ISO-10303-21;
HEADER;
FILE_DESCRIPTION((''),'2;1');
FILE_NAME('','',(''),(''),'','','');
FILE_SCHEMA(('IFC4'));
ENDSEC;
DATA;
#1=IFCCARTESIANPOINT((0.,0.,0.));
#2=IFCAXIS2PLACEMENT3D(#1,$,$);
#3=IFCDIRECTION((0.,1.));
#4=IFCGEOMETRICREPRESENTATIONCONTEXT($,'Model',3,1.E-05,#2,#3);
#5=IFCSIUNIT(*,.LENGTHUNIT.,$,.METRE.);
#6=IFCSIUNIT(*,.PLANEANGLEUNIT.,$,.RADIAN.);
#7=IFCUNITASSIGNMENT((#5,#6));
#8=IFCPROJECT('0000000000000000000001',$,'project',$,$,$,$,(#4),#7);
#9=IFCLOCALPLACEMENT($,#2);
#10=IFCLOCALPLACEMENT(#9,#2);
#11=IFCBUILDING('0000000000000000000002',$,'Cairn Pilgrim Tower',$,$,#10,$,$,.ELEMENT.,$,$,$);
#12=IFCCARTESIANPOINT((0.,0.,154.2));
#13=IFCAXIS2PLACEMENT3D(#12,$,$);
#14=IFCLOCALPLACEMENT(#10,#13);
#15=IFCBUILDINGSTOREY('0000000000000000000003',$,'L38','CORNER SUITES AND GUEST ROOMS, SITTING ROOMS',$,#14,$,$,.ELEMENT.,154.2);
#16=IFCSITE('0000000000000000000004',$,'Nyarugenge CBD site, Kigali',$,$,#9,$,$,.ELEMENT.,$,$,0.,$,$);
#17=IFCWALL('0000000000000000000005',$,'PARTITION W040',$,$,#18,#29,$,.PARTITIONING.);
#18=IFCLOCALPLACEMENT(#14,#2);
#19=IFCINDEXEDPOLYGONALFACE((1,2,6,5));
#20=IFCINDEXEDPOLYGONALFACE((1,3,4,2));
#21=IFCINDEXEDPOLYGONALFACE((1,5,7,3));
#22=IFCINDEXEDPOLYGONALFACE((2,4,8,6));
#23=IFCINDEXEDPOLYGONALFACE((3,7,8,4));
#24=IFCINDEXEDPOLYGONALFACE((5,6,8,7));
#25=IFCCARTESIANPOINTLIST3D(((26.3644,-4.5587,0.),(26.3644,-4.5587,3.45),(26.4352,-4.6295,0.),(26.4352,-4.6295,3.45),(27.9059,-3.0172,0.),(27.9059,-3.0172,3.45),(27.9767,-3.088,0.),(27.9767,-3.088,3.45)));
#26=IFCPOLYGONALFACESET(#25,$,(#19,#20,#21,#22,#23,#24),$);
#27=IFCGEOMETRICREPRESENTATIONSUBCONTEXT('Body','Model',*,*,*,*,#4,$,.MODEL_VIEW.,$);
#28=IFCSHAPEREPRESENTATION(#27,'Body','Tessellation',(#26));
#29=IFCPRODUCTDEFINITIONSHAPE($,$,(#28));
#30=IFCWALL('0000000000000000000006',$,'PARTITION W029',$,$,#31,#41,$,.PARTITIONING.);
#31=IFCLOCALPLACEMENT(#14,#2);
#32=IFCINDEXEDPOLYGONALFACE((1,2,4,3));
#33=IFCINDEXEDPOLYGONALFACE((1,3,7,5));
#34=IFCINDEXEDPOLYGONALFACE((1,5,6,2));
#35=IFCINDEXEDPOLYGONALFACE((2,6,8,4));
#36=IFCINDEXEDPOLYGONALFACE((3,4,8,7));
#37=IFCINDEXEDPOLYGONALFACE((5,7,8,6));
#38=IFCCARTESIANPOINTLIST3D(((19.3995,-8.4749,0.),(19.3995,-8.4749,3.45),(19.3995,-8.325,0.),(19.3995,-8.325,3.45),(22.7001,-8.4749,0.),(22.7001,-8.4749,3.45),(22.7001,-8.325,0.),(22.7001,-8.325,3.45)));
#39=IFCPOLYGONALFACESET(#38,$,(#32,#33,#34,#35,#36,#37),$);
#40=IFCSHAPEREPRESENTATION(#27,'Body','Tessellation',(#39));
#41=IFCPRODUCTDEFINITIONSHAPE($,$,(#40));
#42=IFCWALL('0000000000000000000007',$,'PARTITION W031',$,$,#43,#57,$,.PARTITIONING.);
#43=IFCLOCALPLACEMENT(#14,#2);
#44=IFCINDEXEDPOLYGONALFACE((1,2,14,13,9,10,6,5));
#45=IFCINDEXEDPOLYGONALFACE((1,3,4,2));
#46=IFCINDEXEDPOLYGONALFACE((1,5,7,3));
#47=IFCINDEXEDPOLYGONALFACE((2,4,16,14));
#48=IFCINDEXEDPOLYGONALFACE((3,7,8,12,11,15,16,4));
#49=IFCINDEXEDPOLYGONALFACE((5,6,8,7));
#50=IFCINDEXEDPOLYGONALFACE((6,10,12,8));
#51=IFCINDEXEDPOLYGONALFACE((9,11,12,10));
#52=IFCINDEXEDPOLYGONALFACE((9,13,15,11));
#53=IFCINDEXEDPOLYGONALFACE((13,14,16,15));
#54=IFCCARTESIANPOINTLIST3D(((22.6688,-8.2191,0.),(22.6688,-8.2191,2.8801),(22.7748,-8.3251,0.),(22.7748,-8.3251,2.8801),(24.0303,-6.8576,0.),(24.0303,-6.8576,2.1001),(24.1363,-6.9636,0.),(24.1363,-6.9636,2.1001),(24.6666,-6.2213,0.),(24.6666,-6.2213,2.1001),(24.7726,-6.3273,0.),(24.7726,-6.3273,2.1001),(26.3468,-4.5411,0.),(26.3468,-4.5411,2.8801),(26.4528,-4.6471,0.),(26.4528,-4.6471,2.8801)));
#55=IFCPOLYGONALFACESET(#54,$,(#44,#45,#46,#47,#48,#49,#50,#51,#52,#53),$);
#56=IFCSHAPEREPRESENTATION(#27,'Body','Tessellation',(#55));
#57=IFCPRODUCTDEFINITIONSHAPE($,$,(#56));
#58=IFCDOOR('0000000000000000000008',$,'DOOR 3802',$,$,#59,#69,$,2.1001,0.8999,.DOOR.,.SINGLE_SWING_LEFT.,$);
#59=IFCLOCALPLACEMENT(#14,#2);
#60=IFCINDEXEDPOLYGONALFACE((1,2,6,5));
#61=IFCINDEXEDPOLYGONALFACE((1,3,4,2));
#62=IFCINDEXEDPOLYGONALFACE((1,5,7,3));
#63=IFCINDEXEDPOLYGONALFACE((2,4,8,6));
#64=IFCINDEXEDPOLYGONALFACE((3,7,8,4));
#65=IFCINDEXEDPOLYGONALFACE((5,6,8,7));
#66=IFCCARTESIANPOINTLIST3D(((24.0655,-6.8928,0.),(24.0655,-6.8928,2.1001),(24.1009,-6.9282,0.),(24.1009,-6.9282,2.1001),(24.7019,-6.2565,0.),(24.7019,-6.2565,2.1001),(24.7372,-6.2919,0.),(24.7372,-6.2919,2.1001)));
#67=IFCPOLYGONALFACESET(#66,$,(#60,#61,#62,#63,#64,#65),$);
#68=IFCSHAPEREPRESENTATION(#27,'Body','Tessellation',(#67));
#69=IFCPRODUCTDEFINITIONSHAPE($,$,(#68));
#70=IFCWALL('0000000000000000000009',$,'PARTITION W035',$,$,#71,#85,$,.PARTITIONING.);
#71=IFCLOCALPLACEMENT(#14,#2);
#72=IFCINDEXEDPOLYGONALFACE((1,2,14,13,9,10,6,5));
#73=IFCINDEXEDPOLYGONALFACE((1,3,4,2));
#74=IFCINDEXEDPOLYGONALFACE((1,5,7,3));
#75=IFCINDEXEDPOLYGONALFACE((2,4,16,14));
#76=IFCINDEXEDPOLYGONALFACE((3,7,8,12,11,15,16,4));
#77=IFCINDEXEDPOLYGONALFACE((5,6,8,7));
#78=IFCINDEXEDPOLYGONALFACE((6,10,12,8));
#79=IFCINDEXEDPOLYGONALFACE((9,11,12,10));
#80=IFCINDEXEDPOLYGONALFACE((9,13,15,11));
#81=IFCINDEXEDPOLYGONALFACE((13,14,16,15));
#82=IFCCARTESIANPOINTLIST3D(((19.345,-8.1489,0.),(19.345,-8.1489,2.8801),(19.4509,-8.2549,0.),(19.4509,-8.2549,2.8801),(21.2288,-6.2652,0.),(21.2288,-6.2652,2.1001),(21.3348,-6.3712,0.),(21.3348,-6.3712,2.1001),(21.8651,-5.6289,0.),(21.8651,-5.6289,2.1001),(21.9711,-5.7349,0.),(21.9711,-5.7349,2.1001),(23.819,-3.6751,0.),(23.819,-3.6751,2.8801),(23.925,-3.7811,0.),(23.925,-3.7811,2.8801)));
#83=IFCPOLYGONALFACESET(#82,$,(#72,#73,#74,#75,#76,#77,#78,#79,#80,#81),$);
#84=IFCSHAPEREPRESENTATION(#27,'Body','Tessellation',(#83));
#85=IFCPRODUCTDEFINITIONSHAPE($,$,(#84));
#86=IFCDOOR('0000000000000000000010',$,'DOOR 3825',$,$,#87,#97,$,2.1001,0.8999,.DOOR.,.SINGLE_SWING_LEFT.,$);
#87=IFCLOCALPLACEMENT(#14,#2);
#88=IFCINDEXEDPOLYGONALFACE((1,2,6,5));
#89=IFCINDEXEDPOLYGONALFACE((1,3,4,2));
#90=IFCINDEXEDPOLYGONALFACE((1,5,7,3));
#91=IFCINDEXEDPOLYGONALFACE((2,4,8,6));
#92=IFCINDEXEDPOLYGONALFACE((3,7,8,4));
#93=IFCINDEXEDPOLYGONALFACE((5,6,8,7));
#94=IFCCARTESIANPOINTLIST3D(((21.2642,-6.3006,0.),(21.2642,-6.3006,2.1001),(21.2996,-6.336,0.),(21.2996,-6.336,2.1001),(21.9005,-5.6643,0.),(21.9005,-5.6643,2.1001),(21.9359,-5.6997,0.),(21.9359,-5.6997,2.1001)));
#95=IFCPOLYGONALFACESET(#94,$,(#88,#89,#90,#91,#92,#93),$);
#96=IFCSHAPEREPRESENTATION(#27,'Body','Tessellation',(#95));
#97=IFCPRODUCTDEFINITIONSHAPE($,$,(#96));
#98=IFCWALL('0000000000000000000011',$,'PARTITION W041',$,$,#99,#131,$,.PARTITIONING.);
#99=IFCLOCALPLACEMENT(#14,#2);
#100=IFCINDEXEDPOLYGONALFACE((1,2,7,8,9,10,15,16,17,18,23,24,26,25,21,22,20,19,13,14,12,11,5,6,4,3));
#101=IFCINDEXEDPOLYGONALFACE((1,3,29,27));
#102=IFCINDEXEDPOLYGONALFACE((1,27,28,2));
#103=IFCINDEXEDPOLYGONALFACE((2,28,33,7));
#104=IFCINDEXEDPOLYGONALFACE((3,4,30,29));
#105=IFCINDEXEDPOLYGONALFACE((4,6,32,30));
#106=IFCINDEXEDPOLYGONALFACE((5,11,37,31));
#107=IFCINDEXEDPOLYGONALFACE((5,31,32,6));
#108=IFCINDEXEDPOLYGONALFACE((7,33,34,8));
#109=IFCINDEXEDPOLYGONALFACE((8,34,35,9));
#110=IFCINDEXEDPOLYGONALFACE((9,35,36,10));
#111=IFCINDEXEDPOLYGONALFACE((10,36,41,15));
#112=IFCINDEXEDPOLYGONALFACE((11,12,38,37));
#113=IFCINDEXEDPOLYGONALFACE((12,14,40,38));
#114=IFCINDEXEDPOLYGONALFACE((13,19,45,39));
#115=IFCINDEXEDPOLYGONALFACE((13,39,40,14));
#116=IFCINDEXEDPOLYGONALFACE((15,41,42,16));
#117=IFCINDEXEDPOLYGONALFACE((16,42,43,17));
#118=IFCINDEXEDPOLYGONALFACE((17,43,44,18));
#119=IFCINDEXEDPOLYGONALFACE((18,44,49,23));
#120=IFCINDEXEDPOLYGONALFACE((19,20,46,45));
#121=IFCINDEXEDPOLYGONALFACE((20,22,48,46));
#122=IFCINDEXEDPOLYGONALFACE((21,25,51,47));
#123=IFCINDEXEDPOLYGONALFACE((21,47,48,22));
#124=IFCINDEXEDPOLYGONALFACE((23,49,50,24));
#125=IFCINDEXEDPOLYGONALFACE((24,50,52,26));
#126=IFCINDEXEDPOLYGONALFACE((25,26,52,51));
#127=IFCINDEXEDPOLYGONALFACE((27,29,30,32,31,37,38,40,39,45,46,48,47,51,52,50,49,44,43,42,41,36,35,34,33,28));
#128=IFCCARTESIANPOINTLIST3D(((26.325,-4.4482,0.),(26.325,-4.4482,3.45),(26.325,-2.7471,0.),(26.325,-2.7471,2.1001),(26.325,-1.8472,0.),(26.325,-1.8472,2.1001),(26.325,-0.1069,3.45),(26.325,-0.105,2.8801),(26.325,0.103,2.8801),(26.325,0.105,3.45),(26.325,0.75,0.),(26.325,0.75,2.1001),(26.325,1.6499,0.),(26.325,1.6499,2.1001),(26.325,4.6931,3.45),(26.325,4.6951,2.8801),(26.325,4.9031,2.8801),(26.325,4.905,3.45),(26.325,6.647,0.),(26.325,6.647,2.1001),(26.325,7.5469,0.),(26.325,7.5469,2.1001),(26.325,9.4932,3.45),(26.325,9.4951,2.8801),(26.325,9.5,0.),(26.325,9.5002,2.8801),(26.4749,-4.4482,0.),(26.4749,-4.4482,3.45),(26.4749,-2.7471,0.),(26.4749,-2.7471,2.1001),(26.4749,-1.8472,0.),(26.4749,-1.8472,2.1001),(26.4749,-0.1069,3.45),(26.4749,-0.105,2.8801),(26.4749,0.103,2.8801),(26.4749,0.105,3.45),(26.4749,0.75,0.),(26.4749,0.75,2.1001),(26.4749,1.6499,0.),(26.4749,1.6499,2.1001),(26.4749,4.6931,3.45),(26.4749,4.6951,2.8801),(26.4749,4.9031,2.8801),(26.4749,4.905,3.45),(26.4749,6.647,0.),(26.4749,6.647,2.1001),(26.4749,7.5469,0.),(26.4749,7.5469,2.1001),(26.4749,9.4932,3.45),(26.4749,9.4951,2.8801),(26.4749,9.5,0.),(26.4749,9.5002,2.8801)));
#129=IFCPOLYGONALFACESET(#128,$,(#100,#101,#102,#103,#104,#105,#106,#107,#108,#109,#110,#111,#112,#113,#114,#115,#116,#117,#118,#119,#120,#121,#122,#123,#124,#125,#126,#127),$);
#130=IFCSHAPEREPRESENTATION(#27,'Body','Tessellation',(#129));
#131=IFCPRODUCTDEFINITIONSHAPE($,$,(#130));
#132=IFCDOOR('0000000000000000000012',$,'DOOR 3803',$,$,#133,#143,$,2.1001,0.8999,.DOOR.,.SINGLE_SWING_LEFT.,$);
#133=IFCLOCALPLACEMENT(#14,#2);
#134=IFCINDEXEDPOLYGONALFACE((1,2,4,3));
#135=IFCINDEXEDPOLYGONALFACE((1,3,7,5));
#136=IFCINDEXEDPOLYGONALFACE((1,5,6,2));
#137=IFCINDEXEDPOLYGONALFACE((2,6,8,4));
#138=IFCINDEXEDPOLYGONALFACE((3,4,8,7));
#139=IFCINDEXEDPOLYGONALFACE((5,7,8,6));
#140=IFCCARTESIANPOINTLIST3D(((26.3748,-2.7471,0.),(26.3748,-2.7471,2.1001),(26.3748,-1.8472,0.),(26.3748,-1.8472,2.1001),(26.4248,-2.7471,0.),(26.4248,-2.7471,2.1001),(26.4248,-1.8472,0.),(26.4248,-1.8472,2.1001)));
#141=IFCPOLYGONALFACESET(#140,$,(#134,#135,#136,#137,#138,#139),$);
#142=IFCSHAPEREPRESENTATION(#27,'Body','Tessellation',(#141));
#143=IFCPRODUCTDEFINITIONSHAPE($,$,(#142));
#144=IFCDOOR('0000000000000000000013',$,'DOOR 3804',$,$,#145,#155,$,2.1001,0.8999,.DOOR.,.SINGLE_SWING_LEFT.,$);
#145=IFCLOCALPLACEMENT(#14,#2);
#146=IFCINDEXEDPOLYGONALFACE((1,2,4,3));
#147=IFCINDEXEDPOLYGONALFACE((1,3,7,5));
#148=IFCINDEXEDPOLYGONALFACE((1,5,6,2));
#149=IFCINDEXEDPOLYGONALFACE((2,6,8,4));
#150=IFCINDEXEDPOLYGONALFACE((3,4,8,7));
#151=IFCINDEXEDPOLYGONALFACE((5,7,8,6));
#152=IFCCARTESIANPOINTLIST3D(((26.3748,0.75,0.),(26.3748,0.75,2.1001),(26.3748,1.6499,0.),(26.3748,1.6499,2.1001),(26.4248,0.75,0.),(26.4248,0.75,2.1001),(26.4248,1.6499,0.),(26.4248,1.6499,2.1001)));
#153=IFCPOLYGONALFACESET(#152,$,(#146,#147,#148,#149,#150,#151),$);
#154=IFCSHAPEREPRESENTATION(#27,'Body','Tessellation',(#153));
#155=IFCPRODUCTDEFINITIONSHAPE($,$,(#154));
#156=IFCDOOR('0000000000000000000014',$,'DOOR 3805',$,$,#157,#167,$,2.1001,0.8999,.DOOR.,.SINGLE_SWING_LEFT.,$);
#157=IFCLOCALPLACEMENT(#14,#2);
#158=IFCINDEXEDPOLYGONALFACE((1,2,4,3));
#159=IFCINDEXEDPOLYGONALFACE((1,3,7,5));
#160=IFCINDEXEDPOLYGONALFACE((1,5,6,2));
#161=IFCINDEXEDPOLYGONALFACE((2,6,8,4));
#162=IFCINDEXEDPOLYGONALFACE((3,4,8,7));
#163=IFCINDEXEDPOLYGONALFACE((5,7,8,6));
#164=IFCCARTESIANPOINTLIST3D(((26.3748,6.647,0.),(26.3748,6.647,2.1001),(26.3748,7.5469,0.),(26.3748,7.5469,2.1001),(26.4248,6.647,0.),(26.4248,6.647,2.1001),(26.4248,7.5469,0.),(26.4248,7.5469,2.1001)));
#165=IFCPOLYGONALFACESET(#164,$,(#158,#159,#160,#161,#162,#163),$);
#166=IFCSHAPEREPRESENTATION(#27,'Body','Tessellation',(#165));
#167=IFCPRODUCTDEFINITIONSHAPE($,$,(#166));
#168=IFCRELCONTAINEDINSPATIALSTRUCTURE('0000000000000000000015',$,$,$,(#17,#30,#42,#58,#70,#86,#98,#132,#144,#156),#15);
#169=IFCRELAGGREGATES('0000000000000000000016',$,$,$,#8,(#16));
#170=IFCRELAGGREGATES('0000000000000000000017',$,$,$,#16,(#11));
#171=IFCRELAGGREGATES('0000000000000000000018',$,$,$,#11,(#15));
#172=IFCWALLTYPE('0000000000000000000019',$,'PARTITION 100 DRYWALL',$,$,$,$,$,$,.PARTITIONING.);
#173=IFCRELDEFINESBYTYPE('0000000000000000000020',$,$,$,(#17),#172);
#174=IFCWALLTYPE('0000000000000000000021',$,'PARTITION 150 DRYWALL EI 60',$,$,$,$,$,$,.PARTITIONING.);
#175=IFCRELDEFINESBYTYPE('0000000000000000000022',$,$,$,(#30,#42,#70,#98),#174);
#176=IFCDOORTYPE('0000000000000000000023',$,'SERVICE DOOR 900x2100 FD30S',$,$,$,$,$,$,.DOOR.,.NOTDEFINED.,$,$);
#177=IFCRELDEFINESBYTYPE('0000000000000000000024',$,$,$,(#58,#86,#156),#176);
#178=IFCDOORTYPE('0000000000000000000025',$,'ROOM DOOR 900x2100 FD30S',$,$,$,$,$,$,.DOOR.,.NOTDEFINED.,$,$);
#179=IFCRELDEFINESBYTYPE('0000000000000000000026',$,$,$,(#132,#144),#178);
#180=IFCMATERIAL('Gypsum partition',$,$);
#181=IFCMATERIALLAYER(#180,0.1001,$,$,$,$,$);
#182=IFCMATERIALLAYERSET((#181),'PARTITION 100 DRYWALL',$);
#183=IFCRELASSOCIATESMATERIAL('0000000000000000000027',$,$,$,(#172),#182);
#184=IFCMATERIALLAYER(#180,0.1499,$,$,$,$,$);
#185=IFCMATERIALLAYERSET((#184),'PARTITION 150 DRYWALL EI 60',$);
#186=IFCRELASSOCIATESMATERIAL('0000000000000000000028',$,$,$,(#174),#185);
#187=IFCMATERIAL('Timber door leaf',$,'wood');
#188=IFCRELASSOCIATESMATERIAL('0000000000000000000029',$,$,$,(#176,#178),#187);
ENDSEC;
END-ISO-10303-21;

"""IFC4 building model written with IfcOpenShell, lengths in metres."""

from ifc_helpers import new_model, si_unit, direction, frame, frame_2d, origin, place, context, subcontext, project, spatial, polyline, rectangle, outline, extrude, material, layer, layer_set, type_object, element, fill, save


model = new_model("IFC4")

# Units and contexts
model_context = context("Model", 3, precision=1e-05, world=origin(), true_north=direction((0.0, 1.0)))
body_context = subcontext(model_context, "Body", "Model", "MODEL_VIEW")
ifc_project = project(units=[si_unit("LENGTHUNIT", "METRE"), si_unit("PLANEANGLEUNIT", "RADIAN")], contexts=[model_context])

# Site, building, storey
site_placement = place(None, origin())
site = spatial("IfcSite", under=ifc_project, at=site_placement, Name="Nyarugenge CBD site, Kigali", CompositionType="ELEMENT", RefElevation=0.0)
building_placement = place(site_placement, origin())
building = spatial("IfcBuilding", under=site, at=building_placement, Name="Cairn Pilgrim Tower", CompositionType="ELEMENT")
storey_placement = place(building_placement, frame((0.0, 0.0, 154.2)))
storey = spatial("IfcBuildingStorey", under=building, at=storey_placement, Name="L38", Description="CORNER SUITES AND GUEST ROOMS, SITTING ROOMS", CompositionType="ELEMENT", Elevation=154.2)

# Shared definitions
ifc_material_1 = material(Name="Gypsum partition")
ifc_layer_1 = layer(ifc_material_1, 0.1001)
ifc_layer_set_1 = layer_set([ifc_layer_1], Name="PARTITION 100 DRYWALL")
wall_type_1 = type_object("IfcWallType", Name="PARTITION 100 DRYWALL", PredefinedType="PARTITIONING", material=ifc_layer_set_1)
ifc_material_2 = material(Name="Timber door leaf", Category="wood")

# Walls
wall_1_placement = place(storey_placement, frame((26.3999, -4.594, 0.0), z_axis=(0.0, 0.0, 1.0), x_axis=(0.707107, 0.707107, 0.0)))
element("IfcWall", 1, at=wall_1_placement, inside=storey, type_object=wall_type_1, Name="PARTITION W040", PredefinedType="PARTITIONING", context=body_context, shape_type="SweptSolid", body=[
    extrude(rectangle(XDim=2.1799, YDim=0.1001, at=frame_2d((1.0898, 0.0))), origin(), (0.0, 0.0, 1.0), 3.45),
])
ifc_layer_2 = layer(ifc_material_1, 0.1499)
ifc_layer_set_2 = layer_set([ifc_layer_2], Name="PARTITION 150 DRYWALL EI 60")
wall_type_2 = type_object("IfcWallType", Name="PARTITION 150 DRYWALL EI 60", PredefinedType="PARTITIONING", material=ifc_layer_set_2)
wall_2_placement = place(storey_placement, frame((19.3994, -8.3999, 0.0), z_axis=(0.0, 0.0, 1.0), x_axis=(1.0, 0.0, 0.0)))
element("IfcWall", 2, at=wall_2_placement, inside=storey, type_object=wall_type_2, Name="PARTITION W029", PredefinedType="PARTITIONING", context=body_context, shape_type="SweptSolid", body=[
    extrude(rectangle(XDim=3.3005, YDim=0.1499, at=frame_2d((1.6504, 0.0))), origin(), (0.0, 0.0, 1.0), 3.45),
])

# Walls, openings, doors
wall_3_placement = place(storey_placement, frame((22.7219, -8.272, 0.0), z_axis=(0.0, 0.0, 1.0), x_axis=(0.707107, 0.707107, 0.0)))
wall_3 = element("IfcWall", 3, at=wall_3_placement, inside=storey, type_object=wall_type_2, Name="PARTITION W031", PredefinedType="PARTITIONING", context=body_context, shape_type="SweptSolid", body=[
    extrude(rectangle(XDim=5.2014, YDim=0.1499, at=frame_2d((2.6006, 0.0))), origin(), (0.0, 0.0, 1.0), 2.8801),
])
opening_1_placement = place(wall_3_placement, frame((1.9253, 0.0, 0.0)))
opening_1 = element("IfcOpeningElement", 4, at=opening_1_placement, cuts=wall_3, PredefinedType="OPENING", context=body_context, shape_type="SweptSolid", body=[
    extrude(rectangle(XDim=0.8999, YDim=2.1001, at=frame_2d((0.45, 1.05))), frame((0.0, 0.085, 0.0), z_axis=(0.0, -1.0, 0.0), x_axis=(1.0, 0.0, 0.0)), (0.0, 0.0, 1.0), 0.1699),
])
door_type_1 = type_object("IfcDoorType", Name="SERVICE DOOR 900x2100 FD30S", OperationType="NOTDEFINED", PredefinedType="DOOR", material=ifc_material_2)
door_1_placement = place(opening_1_placement, frame((0.8999, 0.0, 0.0), z_axis=(0.0, 0.0, 1.0), x_axis=(-1.0, 0.0, 0.0)))
door_1 = element("IfcDoor", 5, at=door_1_placement, inside=storey, type_object=door_type_1, Name="DOOR 3802", OperationType="SINGLE_SWING_LEFT", OverallHeight=2.1001, OverallWidth=0.8999, PredefinedType="DOOR", context=body_context, shape_type="SweptSolid", body=[
    extrude(rectangle(XDim=0.8999, YDim=2.1001, at=frame_2d((0.45, 1.05))), frame((0.0, 0.0249, 0.0), z_axis=(0.0, -1.0, 0.0), x_axis=(1.0, 0.0, 0.0)), (0.0, 0.0, 1.0), 0.05),
])
fill(opening_1, door_1)
wall_4_placement = place(storey_placement, frame((19.3979, -8.2019, 0.0), z_axis=(0.0, 0.0, 1.0), x_axis=(0.707126, 0.707087, 0.0)))
wall_4 = element("IfcWall", 6, at=wall_4_placement, inside=storey, type_object=wall_type_2, Name="PARTITION W035", PredefinedType="PARTITIONING", context=body_context, shape_type="SweptSolid", body=[
    extrude(rectangle(XDim=6.3271, YDim=0.1499, at=frame_2d((3.1636, 0.0))), origin(), (0.0, 0.0, 1.0), 2.8801),
])
opening_2_placement = place(wall_4_placement, frame((2.6641, 0.0, 0.0)))
opening_2 = element("IfcOpeningElement", 7, at=opening_2_placement, cuts=wall_4, PredefinedType="OPENING", context=body_context, shape_type="SweptSolid", body=[
    extrude(rectangle(XDim=0.8999, YDim=2.1001, at=frame_2d((0.45, 1.05))), frame((0.0, 0.085, 0.0), z_axis=(0.0, -1.0, 0.0), x_axis=(1.0, 0.0, 0.0)), (0.0, 0.0, 1.0), 0.1699),
])
door_2_placement = place(opening_2_placement, origin())
door_2 = element("IfcDoor", 8, at=door_2_placement, inside=storey, type_object=door_type_1, Name="DOOR 3825", OperationType="SINGLE_SWING_LEFT", OverallHeight=2.1001, OverallWidth=0.8999, PredefinedType="DOOR", context=body_context, shape_type="SweptSolid", body=[
    extrude(rectangle(XDim=0.8999, YDim=2.1001, at=frame_2d((0.45, 1.05))), frame((0.0, 0.0249, 0.0), z_axis=(0.0, -1.0, 0.0), x_axis=(1.0, 0.0, 0.0)), (0.0, 0.0, 1.0), 0.05),
])
fill(opening_2, door_2)

# Wall, openings, doors
wall_5_placement = place(storey_placement, frame((26.3999, -4.4482, 0.0), z_axis=(0.0, 0.0, 1.0), x_axis=(0.0, 1.0, 0.0)))
wall_5 = element("IfcWall", 9, at=wall_5_placement, inside=storey, type_object=wall_type_2, Name="PARTITION W041", PredefinedType="PARTITIONING", context=body_context, shape_type="SweptSolid", body=[
    extrude(outline(polyline([(0.0, 0.0), (13.9482, 0.0), (13.9485, 2.8801), (13.9434, 2.8801), (13.9414, 3.45), (9.3533, 3.45), (9.3513, 2.8801), (9.1433, 2.8801), (9.1414, 3.45), (4.5532, 3.45), (4.5513, 2.8801), (4.3433, 2.8801), (4.3413, 3.45), (0.0, 3.45), (0.0, 0.0)])), frame((0.0, 0.075, 0.0), z_axis=(0.0, -1.0, 0.0), x_axis=(1.0, 0.0, 0.0)), (0.0, 0.0, 1.0), 0.1499),
])
opening_3_placement = place(wall_5_placement, frame((1.7012, 0.0, 0.0)))
opening_3 = element("IfcOpeningElement", 10, at=opening_3_placement, cuts=wall_5, PredefinedType="OPENING", context=body_context, shape_type="SweptSolid", body=[
    extrude(rectangle(XDim=0.8999, YDim=2.1001, at=frame_2d((0.45, 1.05))), frame((0.0, 0.085, 0.0), z_axis=(0.0, -1.0, 0.0), x_axis=(1.0, 0.0, 0.0)), (0.0, 0.0, 1.0), 0.1699),
])
opening_4_placement = place(wall_5_placement, frame((5.1982, 0.0, 0.0)))
opening_4 = element("IfcOpeningElement", 11, at=opening_4_placement, cuts=wall_5, PredefinedType="OPENING", context=body_context, shape_type="SweptSolid", body=[
    extrude(rectangle(XDim=0.8999, YDim=2.1001, at=frame_2d((0.45, 1.05))), frame((0.0, 0.085, 0.0), z_axis=(0.0, -1.0, 0.0), x_axis=(1.0, 0.0, 0.0)), (0.0, 0.0, 1.0), 0.1699),
])
opening_5_placement = place(wall_5_placement, frame((11.0952, 0.0, 0.0)))
opening_5 = element("IfcOpeningElement", 12, at=opening_5_placement, cuts=wall_5, PredefinedType="OPENING", context=body_context, shape_type="SweptSolid", body=[
    extrude(rectangle(XDim=0.8999, YDim=2.1001, at=frame_2d((0.45, 1.05))), frame((0.0, 0.085, 0.0), z_axis=(0.0, -1.0, 0.0), x_axis=(1.0, 0.0, 0.0)), (0.0, 0.0, 1.0), 0.1699),
])
door_type_2 = type_object("IfcDoorType", Name="ROOM DOOR 900x2100 FD30S", OperationType="NOTDEFINED", PredefinedType="DOOR", material=ifc_material_2)
door_3_placement = place(opening_3_placement, frame((0.8999, 0.0, 0.0), z_axis=(0.0, 0.0, 1.0), x_axis=(-1.0, 0.0, 0.0)))
door_3 = element("IfcDoor", 13, at=door_3_placement, inside=storey, type_object=door_type_2, Name="DOOR 3803", OperationType="SINGLE_SWING_LEFT", OverallHeight=2.1001, OverallWidth=0.8999, PredefinedType="DOOR", context=body_context, shape_type="SweptSolid", body=[
    extrude(rectangle(XDim=0.8999, YDim=2.1001, at=frame_2d((0.45, 1.05))), frame((0.0, 0.0249, 0.0), z_axis=(0.0, -1.0, 0.0), x_axis=(1.0, 0.0, 0.0)), (0.0, 0.0, 1.0), 0.05),
])
fill(opening_3, door_3)
door_4_placement = place(opening_4_placement, frame((0.8999, 0.0, 0.0), z_axis=(0.0, 0.0, 1.0), x_axis=(-1.0, 0.0, 0.0)))
door_4 = element("IfcDoor", 14, at=door_4_placement, inside=storey, type_object=door_type_2, Name="DOOR 3804", OperationType="SINGLE_SWING_LEFT", OverallHeight=2.1001, OverallWidth=0.8999, PredefinedType="DOOR", context=body_context, shape_type="SweptSolid", body=[
    extrude(rectangle(XDim=0.8999, YDim=2.1001, at=frame_2d((0.45, 1.05))), frame((0.0, 0.0249, 0.0), z_axis=(0.0, -1.0, 0.0), x_axis=(1.0, 0.0, 0.0)), (0.0, 0.0, 1.0), 0.05),
])
fill(opening_4, door_4)
door_5_placement = place(opening_5_placement, frame((0.8999, 0.0, 0.0), z_axis=(0.0, 0.0, 1.0), x_axis=(-1.0, 0.0, 0.0)))
door_5 = element("IfcDoor", 15, at=door_5_placement, inside=storey, type_object=door_type_1, Name="DOOR 3805", OperationType="SINGLE_SWING_LEFT", OverallHeight=2.1001, OverallWidth=0.8999, PredefinedType="DOOR", context=body_context, shape_type="SweptSolid", body=[
    extrude(rectangle(XDim=0.8999, YDim=2.1001, at=frame_2d((0.45, 1.05))), frame((0.0, 0.0249, 0.0), z_axis=(0.0, -1.0, 0.0), x_axis=(1.0, 0.0, 0.0)), (0.0, 0.0, 1.0), 0.05),
])
fill(opening_5, door_5)

save(model, "model.ifc")
